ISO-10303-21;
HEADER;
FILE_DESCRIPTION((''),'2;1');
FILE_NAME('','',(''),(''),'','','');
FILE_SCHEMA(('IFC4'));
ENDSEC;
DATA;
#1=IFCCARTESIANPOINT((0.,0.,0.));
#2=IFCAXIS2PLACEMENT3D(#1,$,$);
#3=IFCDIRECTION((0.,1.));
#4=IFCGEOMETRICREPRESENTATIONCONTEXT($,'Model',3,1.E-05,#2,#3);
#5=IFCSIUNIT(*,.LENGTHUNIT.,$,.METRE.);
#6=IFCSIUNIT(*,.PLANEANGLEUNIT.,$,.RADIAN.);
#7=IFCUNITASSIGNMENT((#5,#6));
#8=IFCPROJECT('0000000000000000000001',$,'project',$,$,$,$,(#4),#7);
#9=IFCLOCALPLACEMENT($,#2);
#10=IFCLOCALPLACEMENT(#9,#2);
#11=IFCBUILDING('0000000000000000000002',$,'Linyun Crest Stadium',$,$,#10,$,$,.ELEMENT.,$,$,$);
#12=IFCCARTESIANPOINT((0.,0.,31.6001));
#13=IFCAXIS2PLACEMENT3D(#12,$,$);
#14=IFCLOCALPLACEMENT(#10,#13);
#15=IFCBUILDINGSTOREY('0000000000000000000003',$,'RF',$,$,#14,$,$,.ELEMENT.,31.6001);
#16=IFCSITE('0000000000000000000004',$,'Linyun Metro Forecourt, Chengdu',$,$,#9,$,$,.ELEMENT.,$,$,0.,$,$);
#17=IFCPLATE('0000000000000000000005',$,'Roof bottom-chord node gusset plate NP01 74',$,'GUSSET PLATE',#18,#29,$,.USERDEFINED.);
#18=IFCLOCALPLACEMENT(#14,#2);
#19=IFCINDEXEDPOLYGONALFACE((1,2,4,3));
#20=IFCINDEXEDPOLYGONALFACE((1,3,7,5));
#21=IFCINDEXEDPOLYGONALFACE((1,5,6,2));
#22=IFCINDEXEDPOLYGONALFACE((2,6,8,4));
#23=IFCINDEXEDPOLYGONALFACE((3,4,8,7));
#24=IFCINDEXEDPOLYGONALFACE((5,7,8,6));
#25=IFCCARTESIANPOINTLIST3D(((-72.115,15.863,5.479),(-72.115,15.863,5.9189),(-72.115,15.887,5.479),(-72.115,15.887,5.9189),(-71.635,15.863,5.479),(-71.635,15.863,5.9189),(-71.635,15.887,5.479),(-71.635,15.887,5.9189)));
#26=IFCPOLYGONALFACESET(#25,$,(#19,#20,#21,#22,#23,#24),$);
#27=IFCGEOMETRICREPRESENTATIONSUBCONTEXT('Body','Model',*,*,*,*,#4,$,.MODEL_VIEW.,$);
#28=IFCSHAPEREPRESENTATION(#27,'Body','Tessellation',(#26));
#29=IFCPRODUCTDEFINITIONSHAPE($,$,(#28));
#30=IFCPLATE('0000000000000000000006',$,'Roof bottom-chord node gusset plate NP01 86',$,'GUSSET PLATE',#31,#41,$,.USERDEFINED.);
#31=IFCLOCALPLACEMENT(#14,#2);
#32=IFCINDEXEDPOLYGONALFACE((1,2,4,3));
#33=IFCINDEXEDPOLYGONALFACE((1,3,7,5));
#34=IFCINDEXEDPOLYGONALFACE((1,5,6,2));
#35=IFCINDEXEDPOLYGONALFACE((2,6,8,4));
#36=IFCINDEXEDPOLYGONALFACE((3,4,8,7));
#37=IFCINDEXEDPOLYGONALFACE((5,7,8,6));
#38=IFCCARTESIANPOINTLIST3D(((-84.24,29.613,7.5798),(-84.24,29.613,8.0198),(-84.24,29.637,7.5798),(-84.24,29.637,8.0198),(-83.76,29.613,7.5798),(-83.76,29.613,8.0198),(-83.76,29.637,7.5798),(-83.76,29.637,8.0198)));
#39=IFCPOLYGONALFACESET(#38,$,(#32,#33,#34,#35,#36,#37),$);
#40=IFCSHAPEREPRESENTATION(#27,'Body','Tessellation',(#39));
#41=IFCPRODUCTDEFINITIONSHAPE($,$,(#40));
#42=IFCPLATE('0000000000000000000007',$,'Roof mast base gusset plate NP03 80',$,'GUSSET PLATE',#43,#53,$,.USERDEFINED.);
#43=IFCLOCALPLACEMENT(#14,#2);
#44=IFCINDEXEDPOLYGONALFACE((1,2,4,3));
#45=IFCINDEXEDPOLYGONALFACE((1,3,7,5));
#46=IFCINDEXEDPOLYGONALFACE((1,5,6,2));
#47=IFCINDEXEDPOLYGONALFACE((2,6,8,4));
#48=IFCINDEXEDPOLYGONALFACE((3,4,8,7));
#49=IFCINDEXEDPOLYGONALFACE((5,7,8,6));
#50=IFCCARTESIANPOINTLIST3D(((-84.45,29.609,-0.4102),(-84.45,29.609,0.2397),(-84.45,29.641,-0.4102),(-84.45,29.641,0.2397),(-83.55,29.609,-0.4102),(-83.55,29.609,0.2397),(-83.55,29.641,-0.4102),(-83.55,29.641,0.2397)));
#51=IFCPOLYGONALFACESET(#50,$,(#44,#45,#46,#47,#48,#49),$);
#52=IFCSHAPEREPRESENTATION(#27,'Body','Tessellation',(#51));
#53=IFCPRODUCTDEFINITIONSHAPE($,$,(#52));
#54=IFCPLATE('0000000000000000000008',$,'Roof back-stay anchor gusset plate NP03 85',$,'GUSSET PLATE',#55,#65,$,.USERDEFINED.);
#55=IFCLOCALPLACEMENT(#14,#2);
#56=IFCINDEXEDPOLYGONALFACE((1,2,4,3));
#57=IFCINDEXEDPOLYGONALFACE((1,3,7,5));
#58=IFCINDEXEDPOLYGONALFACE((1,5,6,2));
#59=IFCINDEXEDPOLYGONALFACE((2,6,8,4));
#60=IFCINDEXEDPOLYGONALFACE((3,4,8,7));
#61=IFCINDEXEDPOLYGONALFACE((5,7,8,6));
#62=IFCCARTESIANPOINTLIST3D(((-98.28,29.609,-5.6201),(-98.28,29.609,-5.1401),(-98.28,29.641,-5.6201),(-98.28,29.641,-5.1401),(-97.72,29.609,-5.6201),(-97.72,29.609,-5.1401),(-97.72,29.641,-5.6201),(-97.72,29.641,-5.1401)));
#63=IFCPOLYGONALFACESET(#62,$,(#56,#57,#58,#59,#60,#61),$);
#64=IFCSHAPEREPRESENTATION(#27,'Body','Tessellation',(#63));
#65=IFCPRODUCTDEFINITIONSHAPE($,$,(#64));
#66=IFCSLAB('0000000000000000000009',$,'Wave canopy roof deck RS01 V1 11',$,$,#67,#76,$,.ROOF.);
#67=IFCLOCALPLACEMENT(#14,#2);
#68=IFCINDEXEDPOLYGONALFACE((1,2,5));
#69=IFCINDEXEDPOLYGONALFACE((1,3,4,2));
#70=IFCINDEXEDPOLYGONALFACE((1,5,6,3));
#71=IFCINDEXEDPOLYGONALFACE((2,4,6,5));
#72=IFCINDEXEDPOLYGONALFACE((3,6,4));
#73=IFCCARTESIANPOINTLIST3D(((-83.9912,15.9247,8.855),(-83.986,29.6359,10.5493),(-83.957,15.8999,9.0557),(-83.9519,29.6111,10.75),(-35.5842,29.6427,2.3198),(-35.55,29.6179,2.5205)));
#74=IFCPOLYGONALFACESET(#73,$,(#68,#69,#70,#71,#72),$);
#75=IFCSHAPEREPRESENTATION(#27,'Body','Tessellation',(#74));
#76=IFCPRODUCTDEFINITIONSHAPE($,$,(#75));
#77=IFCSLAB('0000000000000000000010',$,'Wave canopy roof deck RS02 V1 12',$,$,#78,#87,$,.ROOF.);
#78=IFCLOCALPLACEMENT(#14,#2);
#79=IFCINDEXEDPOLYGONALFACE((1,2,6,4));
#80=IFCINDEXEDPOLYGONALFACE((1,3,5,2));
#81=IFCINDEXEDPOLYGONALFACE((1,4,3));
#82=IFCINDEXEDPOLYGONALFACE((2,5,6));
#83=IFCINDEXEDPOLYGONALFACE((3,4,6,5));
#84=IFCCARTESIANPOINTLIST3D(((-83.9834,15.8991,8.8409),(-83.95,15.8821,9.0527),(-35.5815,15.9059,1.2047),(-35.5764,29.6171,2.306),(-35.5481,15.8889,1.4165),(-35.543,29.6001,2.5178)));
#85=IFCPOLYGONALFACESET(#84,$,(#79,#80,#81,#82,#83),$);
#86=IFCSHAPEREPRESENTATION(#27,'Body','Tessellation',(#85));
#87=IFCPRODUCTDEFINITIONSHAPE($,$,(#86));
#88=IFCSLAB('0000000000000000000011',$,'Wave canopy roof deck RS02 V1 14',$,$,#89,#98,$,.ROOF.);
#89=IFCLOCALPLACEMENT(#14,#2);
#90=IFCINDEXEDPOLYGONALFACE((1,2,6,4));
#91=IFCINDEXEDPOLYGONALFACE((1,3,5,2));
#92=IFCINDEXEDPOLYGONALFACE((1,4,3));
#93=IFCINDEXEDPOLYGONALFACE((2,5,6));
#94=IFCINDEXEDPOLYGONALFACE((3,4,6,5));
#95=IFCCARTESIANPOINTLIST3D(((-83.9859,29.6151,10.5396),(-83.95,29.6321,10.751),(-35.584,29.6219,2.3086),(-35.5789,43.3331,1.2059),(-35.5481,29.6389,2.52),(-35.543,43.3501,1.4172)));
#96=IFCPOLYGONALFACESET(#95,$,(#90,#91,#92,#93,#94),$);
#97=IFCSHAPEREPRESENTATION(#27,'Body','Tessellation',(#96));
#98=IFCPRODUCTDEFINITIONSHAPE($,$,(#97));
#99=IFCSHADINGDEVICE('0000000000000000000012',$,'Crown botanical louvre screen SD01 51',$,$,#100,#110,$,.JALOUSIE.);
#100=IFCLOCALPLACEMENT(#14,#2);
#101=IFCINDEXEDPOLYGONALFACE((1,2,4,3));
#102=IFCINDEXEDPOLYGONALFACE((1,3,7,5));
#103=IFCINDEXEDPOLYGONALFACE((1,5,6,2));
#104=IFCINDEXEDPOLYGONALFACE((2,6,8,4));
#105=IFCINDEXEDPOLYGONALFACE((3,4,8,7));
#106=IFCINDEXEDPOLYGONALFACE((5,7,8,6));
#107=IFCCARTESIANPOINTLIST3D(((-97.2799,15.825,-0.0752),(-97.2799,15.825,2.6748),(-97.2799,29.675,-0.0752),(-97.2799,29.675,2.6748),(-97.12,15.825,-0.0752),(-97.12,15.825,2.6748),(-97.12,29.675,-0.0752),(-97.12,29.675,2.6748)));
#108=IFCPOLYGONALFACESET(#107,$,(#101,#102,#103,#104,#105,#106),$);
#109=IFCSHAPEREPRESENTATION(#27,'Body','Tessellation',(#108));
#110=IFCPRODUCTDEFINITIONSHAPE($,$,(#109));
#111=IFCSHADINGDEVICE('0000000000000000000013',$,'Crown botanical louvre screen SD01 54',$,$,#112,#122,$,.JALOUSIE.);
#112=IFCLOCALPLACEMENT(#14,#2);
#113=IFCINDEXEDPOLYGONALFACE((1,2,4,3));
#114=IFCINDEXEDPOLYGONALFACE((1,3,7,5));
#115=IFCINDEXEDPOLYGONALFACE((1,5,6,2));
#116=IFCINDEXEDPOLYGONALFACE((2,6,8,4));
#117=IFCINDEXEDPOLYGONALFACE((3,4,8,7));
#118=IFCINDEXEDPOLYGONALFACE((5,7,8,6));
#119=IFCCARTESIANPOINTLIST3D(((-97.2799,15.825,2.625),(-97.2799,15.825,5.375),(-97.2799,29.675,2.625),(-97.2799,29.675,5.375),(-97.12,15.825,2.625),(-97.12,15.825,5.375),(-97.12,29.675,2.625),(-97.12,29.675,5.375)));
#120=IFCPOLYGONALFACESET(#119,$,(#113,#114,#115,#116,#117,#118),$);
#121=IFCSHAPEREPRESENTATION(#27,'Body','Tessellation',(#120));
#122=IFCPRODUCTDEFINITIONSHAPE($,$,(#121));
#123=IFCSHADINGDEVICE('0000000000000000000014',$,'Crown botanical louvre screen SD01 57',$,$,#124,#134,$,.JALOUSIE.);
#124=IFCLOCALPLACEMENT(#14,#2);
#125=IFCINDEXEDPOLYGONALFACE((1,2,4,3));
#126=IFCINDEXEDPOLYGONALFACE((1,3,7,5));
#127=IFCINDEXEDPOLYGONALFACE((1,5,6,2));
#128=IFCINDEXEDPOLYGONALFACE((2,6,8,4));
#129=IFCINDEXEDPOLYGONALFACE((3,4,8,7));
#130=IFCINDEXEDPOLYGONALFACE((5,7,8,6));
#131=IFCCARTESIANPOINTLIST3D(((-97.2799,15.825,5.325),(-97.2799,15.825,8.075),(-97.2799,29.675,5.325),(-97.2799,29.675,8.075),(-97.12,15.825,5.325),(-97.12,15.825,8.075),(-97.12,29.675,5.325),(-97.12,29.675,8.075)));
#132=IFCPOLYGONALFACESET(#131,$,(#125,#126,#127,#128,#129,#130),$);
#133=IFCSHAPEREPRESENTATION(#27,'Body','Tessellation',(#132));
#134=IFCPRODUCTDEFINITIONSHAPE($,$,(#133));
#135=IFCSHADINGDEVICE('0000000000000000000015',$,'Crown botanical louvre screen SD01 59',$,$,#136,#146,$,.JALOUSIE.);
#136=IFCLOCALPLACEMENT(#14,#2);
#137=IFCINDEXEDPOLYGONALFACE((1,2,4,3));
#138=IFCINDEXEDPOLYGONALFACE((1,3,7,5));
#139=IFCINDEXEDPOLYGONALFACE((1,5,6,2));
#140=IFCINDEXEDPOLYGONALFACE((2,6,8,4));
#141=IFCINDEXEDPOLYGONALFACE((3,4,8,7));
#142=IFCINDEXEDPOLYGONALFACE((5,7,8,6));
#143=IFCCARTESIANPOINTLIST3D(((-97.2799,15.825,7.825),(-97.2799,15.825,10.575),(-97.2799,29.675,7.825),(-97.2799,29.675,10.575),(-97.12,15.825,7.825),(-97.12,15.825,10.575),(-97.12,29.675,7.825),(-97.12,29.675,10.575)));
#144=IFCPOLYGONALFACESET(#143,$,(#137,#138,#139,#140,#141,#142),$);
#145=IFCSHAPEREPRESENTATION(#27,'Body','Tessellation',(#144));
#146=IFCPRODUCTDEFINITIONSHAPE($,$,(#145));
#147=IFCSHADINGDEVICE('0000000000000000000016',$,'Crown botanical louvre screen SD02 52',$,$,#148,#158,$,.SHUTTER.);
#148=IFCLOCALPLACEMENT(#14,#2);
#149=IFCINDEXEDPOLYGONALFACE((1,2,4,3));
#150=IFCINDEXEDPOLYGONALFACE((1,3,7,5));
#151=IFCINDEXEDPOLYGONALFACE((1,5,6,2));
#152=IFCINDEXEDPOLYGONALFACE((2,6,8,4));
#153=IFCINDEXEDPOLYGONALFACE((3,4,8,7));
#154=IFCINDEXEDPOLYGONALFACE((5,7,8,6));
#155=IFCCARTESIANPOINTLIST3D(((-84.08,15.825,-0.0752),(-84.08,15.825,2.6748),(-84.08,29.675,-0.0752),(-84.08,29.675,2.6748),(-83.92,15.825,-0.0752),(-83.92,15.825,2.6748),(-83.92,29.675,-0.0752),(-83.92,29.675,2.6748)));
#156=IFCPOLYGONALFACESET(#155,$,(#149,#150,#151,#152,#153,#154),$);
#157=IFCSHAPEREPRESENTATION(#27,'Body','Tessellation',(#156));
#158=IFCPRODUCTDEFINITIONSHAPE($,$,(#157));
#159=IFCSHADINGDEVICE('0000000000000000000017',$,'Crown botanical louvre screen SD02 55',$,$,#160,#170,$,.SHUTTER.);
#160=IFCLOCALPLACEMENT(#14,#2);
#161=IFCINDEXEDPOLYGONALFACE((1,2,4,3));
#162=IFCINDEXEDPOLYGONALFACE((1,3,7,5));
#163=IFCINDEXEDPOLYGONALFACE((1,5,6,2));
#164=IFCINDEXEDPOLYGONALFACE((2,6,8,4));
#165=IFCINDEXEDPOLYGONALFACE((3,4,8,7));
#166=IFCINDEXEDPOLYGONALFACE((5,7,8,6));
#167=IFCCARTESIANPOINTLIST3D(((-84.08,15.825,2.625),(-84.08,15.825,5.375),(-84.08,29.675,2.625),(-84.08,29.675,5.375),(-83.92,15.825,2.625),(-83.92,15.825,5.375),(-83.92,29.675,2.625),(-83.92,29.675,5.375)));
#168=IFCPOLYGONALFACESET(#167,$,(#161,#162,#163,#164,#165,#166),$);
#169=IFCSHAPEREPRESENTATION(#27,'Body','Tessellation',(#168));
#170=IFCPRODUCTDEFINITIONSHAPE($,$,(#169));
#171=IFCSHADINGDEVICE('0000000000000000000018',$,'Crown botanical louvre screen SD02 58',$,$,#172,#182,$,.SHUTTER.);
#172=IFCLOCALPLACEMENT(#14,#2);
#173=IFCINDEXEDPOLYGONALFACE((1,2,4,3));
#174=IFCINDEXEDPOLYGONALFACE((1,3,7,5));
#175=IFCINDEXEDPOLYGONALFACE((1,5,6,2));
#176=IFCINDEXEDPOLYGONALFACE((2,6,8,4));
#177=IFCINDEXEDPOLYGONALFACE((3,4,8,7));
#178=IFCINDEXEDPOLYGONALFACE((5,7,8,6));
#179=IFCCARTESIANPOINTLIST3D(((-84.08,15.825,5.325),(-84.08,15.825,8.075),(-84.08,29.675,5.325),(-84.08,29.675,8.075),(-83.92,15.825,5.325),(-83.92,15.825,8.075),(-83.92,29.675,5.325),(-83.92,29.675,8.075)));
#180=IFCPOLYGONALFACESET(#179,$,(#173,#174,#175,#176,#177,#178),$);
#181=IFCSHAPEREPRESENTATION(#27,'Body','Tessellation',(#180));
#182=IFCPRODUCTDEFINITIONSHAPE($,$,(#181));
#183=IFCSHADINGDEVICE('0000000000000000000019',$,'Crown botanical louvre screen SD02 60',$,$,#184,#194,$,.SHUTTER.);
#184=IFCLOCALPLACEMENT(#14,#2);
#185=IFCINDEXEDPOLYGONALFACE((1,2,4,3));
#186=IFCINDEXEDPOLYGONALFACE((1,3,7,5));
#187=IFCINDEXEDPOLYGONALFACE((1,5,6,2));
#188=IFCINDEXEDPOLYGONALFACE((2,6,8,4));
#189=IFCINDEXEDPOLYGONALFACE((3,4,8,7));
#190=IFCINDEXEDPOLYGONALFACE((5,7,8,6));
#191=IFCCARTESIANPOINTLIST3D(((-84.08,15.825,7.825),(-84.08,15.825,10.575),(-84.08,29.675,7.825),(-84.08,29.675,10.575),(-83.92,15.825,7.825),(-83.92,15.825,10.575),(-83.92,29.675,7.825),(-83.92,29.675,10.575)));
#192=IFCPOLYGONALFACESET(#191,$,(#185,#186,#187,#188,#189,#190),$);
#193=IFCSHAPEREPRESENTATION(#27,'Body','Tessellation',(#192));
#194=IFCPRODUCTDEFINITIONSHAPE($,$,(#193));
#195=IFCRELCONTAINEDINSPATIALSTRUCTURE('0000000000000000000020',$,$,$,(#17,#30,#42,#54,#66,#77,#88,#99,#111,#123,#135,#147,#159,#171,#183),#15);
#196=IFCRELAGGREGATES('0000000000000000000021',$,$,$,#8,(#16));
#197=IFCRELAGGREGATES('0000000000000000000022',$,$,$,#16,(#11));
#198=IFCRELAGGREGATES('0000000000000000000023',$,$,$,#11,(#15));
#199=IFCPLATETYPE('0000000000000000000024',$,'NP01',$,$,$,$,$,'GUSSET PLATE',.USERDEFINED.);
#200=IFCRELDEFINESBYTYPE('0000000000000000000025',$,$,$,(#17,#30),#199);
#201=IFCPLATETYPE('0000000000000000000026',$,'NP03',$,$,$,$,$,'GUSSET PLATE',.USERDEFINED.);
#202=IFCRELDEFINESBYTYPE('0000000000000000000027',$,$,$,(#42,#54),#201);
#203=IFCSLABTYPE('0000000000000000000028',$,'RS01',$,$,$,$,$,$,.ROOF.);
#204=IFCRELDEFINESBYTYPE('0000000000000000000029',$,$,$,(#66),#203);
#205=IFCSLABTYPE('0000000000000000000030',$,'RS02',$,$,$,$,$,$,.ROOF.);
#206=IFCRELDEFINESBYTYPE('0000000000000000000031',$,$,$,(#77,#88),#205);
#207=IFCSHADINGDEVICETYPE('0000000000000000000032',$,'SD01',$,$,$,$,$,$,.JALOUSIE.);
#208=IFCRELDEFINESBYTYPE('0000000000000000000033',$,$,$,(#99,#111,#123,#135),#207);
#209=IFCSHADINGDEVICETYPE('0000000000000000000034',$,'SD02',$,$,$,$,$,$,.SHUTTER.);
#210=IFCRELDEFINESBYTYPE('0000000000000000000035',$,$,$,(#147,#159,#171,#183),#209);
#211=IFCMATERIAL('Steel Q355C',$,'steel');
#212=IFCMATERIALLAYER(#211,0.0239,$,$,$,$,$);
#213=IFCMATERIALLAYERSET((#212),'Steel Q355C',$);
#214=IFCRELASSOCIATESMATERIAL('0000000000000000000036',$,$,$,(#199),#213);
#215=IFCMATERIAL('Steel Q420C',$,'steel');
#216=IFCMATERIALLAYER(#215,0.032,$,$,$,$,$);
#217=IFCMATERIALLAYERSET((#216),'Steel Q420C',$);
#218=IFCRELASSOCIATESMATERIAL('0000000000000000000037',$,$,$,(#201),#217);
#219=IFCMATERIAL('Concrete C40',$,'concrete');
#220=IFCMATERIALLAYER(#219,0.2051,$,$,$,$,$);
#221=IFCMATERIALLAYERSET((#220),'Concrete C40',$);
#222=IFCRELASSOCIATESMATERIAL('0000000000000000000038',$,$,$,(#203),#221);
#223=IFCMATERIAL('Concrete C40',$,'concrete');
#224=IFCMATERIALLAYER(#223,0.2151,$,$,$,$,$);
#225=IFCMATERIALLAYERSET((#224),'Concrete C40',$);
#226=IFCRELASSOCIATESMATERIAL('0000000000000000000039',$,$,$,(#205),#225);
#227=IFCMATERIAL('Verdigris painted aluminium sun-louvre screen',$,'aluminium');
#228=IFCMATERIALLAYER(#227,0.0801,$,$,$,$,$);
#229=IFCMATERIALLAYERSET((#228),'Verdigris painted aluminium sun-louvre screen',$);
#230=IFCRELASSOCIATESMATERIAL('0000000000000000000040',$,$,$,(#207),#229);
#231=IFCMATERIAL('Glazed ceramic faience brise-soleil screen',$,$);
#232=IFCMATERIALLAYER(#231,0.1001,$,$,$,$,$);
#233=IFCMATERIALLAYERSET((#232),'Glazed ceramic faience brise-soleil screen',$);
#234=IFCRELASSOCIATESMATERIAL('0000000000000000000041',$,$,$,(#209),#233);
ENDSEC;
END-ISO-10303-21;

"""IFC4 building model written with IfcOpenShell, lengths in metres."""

from ifc_helpers import new_model, si_unit, direction, frame, origin, origin_2d, place, context, subcontext, project, spatial, polyline, rectangle, outline, extrude, material, layer, layer_set, type_object, element, save


model = new_model("IFC4")

# Units and contexts
model_context = context("Model", 3, precision=1e-05, world=origin(), true_north=direction((0.0, 1.0)))
body_context = subcontext(model_context, "Body", "Model", "MODEL_VIEW")
ifc_project = project(units=[si_unit("LENGTHUNIT", "METRE"), si_unit("PLANEANGLEUNIT", "RADIAN")], contexts=[model_context])

# Site, building, storey
site_placement = place(None, origin())
site = spatial("IfcSite", under=ifc_project, at=site_placement, Name="Linyun Metro Forecourt, Chengdu", CompositionType="ELEMENT", RefElevation=0.0)
building_placement = place(site_placement, origin())
building = spatial("IfcBuilding", under=site, at=building_placement, Name="Linyun Crest Stadium", CompositionType="ELEMENT")
storey_placement = place(building_placement, frame((0.0, 0.0, 31.6001)))
storey = spatial("IfcBuildingStorey", under=building, at=storey_placement, Name="RF", CompositionType="ELEMENT", Elevation=31.6001)

# Plates
ifc_material_1 = material(Name="Steel Q355C", Category="steel")
ifc_layer_1 = layer(ifc_material_1, 0.0239)
ifc_layer_set_1 = layer_set([ifc_layer_1], Name="Steel Q355C")
plate_type_1 = type_object("IfcPlateType", Name="NP01", ElementType="GUSSET PLATE", PredefinedType="USERDEFINED", material=ifc_layer_set_1)
for number, where, z_axis, x_axis, name in (
    (1, (-71.875, 15.875, 5.479), (0.0, 0.0, 1.0), (1.0, 0.0, 0.0), "Roof bottom-chord node gusset plate NP01 74"),
    (2, (-84.0, 29.625, 7.5798), (0.0, 0.0, 1.0), (1.0, 0.0, 0.0), "Roof bottom-chord node gusset plate NP01 86"),
):
    element("IfcPlate", number, at=place(storey_placement, frame(where, z_axis=z_axis, x_axis=x_axis)), inside=storey, type_object=plate_type_1, Name=name, ObjectType="GUSSET PLATE", PredefinedType="USERDEFINED", context=body_context, shape_type="SweptSolid", body=[
        extrude(rectangle(XDim=0.48, YDim=0.0239, at=origin_2d()), origin(), (0.0, 0.0, 1.0), 0.4399),
    ])
ifc_material_2 = material(Name="Steel Q420C", Category="steel")
ifc_layer_2 = layer(ifc_material_2, 0.032)
ifc_layer_set_2 = layer_set([ifc_layer_2], Name="Steel Q420C")
plate_type_2 = type_object("IfcPlateType", Name="NP03", ElementType="GUSSET PLATE", PredefinedType="USERDEFINED", material=ifc_layer_set_2)
plate_1_placement = place(storey_placement, frame((-84.0, 29.625, -0.4102), z_axis=(0.0, 0.0, 1.0), x_axis=(1.0, 0.0, 0.0)))
element("IfcPlate", 3, at=plate_1_placement, inside=storey, type_object=plate_type_2, Name="Roof mast base gusset plate NP03 80", ObjectType="GUSSET PLATE", PredefinedType="USERDEFINED", context=body_context, shape_type="SweptSolid", body=[
    extrude(rectangle(XDim=0.8999, YDim=0.032, at=origin_2d()), origin(), (0.0, 0.0, 1.0), 0.6499),
])
plate_2_placement = place(storey_placement, frame((-98.0, 29.625, -5.6201), z_axis=(0.0, 0.0, 1.0), x_axis=(1.0, 0.0, 0.0)))
element("IfcPlate", 4, at=plate_2_placement, inside=storey, type_object=plate_type_2, Name="Roof back-stay anchor gusset plate NP03 85", ObjectType="GUSSET PLATE", PredefinedType="USERDEFINED", context=body_context, shape_type="SweptSolid", body=[
    extrude(rectangle(XDim=0.5601, YDim=0.032, at=origin_2d()), origin(), (0.0, 0.0, 1.0), 0.48),
])

# Slabs
ifc_material_3 = material(Name="Concrete C40", Category="concrete")
ifc_layer_3 = layer(ifc_material_3, 0.2051)
ifc_layer_set_3 = layer_set([ifc_layer_3], Name="Concrete C40")
slab_type_1 = type_object("IfcSlabType", Name="RS01", PredefinedType="ROOF", material=ifc_layer_set_3)
slab_1_placement = place(storey_placement, frame((-83.957, 15.8999, 9.0557), z_axis=(0.166404, -0.120992, 0.978607), x_axis=(0.000371, 0.992451, 0.12264)))
element("IfcSlab", 5, at=slab_1_placement, inside=storey, type_object=slab_type_1, Name="Wave canopy roof deck RS01 V1 11", PredefinedType="ROOF", context=body_context, shape_type="SweptSolid", body=[
    extrude(outline(polyline([(0.0, 0.0), (13.8155, 0.0), (12.831, -49.0866), (0.0, 0.0)])), origin(), (0.0, 0.0, -1.0), 0.2051),
])
ifc_material_4 = material(Name="Concrete C40", Category="concrete")
ifc_layer_4 = layer(ifc_material_4, 0.2151)
ifc_layer_set_4 = layer_set([ifc_layer_4], Name="Concrete C40")
slab_type_2 = type_object("IfcSlabType", Name="RS02", PredefinedType="ROOF", material=ifc_layer_set_4)
slab_2_placement = place(storey_placement, frame((-83.95, 15.8821, 9.0527), z_axis=(0.155362, -0.07915, 0.984682), x_axis=(0.954098, 0.270381, -0.128803)))
element("IfcSlab", 6, at=slab_2_placement, inside=storey, type_object=slab_type_2, Name="Wave canopy roof deck RS02 V1 12", PredefinedType="ROOF", context=body_context, shape_type="SweptSolid", body=[
    extrude(outline(polyline([(0.0, 0.0), (50.7358, 0.0), (47.1656, -13.2839), (0.0, 0.0)])), origin(), (0.0, 0.0, -1.0), 0.2151),
])
slab_3_placement = place(storey_placement, frame((-83.95, 29.6321, 10.751), z_axis=(0.167113, 0.078981, 0.982769), x_axis=(0.945973, 0.268078, -0.182401)))
element("IfcSlab", 7, at=slab_3_placement, inside=storey, type_object=slab_type_2, Name="Wave canopy roof deck RS02 V1 14", PredefinedType="ROOF", context=body_context, shape_type="SweptSolid", body=[
    extrude(outline(polyline([(0.0, 0.0), (51.1717, 0.0), (47.29, -13.1964), (0.0, 0.0)])), origin(), (0.0, 0.0, -1.0), 0.2151),
])

# Shading devices
ifc_material_5 = material(Name="Verdigris painted aluminium sun-louvre screen", Category="aluminium")
ifc_layer_5 = layer(ifc_material_5, 0.0801)
ifc_layer_set_5 = layer_set([ifc_layer_5], Name="Verdigris painted aluminium sun-louvre screen")
shading_device_type_1 = type_object("IfcShadingDeviceType", Name="SD01", PredefinedType="JALOUSIE", material=ifc_layer_set_5)
for number, where, z_axis, x_axis, name in (
    (8, (-97.2, 22.75, -0.0752), (0.0, 0.0, 1.0), (1.0, 0.0, 0.0), "Crown botanical louvre screen SD01 51"),
    (9, (-97.2, 22.75, 2.625), (0.0, 0.0, 1.0), (1.0, 0.0, 0.0), "Crown botanical louvre screen SD01 54"),
    (10, (-97.2, 22.75, 5.325), (0.0, 0.0, 1.0), (1.0, 0.0, 0.0), "Crown botanical louvre screen SD01 57"),
    (11, (-97.2, 22.75, 7.825), (0.0, 0.0, 1.0), (1.0, 0.0, 0.0), "Crown botanical louvre screen SD01 59"),
):
    element("IfcShadingDevice", number, at=place(storey_placement, frame(where, z_axis=z_axis, x_axis=x_axis)), inside=storey, type_object=shading_device_type_1, Name=name, PredefinedType="JALOUSIE", context=body_context, shape_type="SweptSolid", body=[
        extrude(rectangle(XDim=0.1599, YDim=13.8501, at=origin_2d()), origin(), (0.0, 0.0, 1.0), 2.75),
    ])
ifc_material_6 = material(Name="Glazed ceramic faience brise-soleil screen")
ifc_layer_6 = layer(ifc_material_6, 0.1001)
ifc_layer_set_6 = layer_set([ifc_layer_6], Name="Glazed ceramic faience brise-soleil screen")
shading_device_type_2 = type_object("IfcShadingDeviceType", Name="SD02", PredefinedType="SHUTTER", material=ifc_layer_set_6)
for number, where, z_axis, x_axis, name in (
    (12, (-84.0, 22.75, -0.0752), (0.0, 0.0, 1.0), (1.0, 0.0, 0.0), "Crown botanical louvre screen SD02 52"),
    (13, (-84.0, 22.75, 2.625), (0.0, 0.0, 1.0), (1.0, 0.0, 0.0), "Crown botanical louvre screen SD02 55"),
    (14, (-84.0, 22.75, 5.325), (0.0, 0.0, 1.0), (1.0, 0.0, 0.0), "Crown botanical louvre screen SD02 58"),
    (15, (-84.0, 22.75, 7.825), (0.0, 0.0, 1.0), (1.0, 0.0, 0.0), "Crown botanical louvre screen SD02 60"),
):
    element("IfcShadingDevice", number, at=place(storey_placement, frame(where, z_axis=z_axis, x_axis=x_axis)), inside=storey, type_object=shading_device_type_2, Name=name, PredefinedType="SHUTTER", context=body_context, shape_type="SweptSolid", body=[
        extrude(rectangle(XDim=0.1599, YDim=13.8501, at=origin_2d()), origin(), (0.0, 0.0, 1.0), 2.75),
    ])

save(model, "model.ifc")
